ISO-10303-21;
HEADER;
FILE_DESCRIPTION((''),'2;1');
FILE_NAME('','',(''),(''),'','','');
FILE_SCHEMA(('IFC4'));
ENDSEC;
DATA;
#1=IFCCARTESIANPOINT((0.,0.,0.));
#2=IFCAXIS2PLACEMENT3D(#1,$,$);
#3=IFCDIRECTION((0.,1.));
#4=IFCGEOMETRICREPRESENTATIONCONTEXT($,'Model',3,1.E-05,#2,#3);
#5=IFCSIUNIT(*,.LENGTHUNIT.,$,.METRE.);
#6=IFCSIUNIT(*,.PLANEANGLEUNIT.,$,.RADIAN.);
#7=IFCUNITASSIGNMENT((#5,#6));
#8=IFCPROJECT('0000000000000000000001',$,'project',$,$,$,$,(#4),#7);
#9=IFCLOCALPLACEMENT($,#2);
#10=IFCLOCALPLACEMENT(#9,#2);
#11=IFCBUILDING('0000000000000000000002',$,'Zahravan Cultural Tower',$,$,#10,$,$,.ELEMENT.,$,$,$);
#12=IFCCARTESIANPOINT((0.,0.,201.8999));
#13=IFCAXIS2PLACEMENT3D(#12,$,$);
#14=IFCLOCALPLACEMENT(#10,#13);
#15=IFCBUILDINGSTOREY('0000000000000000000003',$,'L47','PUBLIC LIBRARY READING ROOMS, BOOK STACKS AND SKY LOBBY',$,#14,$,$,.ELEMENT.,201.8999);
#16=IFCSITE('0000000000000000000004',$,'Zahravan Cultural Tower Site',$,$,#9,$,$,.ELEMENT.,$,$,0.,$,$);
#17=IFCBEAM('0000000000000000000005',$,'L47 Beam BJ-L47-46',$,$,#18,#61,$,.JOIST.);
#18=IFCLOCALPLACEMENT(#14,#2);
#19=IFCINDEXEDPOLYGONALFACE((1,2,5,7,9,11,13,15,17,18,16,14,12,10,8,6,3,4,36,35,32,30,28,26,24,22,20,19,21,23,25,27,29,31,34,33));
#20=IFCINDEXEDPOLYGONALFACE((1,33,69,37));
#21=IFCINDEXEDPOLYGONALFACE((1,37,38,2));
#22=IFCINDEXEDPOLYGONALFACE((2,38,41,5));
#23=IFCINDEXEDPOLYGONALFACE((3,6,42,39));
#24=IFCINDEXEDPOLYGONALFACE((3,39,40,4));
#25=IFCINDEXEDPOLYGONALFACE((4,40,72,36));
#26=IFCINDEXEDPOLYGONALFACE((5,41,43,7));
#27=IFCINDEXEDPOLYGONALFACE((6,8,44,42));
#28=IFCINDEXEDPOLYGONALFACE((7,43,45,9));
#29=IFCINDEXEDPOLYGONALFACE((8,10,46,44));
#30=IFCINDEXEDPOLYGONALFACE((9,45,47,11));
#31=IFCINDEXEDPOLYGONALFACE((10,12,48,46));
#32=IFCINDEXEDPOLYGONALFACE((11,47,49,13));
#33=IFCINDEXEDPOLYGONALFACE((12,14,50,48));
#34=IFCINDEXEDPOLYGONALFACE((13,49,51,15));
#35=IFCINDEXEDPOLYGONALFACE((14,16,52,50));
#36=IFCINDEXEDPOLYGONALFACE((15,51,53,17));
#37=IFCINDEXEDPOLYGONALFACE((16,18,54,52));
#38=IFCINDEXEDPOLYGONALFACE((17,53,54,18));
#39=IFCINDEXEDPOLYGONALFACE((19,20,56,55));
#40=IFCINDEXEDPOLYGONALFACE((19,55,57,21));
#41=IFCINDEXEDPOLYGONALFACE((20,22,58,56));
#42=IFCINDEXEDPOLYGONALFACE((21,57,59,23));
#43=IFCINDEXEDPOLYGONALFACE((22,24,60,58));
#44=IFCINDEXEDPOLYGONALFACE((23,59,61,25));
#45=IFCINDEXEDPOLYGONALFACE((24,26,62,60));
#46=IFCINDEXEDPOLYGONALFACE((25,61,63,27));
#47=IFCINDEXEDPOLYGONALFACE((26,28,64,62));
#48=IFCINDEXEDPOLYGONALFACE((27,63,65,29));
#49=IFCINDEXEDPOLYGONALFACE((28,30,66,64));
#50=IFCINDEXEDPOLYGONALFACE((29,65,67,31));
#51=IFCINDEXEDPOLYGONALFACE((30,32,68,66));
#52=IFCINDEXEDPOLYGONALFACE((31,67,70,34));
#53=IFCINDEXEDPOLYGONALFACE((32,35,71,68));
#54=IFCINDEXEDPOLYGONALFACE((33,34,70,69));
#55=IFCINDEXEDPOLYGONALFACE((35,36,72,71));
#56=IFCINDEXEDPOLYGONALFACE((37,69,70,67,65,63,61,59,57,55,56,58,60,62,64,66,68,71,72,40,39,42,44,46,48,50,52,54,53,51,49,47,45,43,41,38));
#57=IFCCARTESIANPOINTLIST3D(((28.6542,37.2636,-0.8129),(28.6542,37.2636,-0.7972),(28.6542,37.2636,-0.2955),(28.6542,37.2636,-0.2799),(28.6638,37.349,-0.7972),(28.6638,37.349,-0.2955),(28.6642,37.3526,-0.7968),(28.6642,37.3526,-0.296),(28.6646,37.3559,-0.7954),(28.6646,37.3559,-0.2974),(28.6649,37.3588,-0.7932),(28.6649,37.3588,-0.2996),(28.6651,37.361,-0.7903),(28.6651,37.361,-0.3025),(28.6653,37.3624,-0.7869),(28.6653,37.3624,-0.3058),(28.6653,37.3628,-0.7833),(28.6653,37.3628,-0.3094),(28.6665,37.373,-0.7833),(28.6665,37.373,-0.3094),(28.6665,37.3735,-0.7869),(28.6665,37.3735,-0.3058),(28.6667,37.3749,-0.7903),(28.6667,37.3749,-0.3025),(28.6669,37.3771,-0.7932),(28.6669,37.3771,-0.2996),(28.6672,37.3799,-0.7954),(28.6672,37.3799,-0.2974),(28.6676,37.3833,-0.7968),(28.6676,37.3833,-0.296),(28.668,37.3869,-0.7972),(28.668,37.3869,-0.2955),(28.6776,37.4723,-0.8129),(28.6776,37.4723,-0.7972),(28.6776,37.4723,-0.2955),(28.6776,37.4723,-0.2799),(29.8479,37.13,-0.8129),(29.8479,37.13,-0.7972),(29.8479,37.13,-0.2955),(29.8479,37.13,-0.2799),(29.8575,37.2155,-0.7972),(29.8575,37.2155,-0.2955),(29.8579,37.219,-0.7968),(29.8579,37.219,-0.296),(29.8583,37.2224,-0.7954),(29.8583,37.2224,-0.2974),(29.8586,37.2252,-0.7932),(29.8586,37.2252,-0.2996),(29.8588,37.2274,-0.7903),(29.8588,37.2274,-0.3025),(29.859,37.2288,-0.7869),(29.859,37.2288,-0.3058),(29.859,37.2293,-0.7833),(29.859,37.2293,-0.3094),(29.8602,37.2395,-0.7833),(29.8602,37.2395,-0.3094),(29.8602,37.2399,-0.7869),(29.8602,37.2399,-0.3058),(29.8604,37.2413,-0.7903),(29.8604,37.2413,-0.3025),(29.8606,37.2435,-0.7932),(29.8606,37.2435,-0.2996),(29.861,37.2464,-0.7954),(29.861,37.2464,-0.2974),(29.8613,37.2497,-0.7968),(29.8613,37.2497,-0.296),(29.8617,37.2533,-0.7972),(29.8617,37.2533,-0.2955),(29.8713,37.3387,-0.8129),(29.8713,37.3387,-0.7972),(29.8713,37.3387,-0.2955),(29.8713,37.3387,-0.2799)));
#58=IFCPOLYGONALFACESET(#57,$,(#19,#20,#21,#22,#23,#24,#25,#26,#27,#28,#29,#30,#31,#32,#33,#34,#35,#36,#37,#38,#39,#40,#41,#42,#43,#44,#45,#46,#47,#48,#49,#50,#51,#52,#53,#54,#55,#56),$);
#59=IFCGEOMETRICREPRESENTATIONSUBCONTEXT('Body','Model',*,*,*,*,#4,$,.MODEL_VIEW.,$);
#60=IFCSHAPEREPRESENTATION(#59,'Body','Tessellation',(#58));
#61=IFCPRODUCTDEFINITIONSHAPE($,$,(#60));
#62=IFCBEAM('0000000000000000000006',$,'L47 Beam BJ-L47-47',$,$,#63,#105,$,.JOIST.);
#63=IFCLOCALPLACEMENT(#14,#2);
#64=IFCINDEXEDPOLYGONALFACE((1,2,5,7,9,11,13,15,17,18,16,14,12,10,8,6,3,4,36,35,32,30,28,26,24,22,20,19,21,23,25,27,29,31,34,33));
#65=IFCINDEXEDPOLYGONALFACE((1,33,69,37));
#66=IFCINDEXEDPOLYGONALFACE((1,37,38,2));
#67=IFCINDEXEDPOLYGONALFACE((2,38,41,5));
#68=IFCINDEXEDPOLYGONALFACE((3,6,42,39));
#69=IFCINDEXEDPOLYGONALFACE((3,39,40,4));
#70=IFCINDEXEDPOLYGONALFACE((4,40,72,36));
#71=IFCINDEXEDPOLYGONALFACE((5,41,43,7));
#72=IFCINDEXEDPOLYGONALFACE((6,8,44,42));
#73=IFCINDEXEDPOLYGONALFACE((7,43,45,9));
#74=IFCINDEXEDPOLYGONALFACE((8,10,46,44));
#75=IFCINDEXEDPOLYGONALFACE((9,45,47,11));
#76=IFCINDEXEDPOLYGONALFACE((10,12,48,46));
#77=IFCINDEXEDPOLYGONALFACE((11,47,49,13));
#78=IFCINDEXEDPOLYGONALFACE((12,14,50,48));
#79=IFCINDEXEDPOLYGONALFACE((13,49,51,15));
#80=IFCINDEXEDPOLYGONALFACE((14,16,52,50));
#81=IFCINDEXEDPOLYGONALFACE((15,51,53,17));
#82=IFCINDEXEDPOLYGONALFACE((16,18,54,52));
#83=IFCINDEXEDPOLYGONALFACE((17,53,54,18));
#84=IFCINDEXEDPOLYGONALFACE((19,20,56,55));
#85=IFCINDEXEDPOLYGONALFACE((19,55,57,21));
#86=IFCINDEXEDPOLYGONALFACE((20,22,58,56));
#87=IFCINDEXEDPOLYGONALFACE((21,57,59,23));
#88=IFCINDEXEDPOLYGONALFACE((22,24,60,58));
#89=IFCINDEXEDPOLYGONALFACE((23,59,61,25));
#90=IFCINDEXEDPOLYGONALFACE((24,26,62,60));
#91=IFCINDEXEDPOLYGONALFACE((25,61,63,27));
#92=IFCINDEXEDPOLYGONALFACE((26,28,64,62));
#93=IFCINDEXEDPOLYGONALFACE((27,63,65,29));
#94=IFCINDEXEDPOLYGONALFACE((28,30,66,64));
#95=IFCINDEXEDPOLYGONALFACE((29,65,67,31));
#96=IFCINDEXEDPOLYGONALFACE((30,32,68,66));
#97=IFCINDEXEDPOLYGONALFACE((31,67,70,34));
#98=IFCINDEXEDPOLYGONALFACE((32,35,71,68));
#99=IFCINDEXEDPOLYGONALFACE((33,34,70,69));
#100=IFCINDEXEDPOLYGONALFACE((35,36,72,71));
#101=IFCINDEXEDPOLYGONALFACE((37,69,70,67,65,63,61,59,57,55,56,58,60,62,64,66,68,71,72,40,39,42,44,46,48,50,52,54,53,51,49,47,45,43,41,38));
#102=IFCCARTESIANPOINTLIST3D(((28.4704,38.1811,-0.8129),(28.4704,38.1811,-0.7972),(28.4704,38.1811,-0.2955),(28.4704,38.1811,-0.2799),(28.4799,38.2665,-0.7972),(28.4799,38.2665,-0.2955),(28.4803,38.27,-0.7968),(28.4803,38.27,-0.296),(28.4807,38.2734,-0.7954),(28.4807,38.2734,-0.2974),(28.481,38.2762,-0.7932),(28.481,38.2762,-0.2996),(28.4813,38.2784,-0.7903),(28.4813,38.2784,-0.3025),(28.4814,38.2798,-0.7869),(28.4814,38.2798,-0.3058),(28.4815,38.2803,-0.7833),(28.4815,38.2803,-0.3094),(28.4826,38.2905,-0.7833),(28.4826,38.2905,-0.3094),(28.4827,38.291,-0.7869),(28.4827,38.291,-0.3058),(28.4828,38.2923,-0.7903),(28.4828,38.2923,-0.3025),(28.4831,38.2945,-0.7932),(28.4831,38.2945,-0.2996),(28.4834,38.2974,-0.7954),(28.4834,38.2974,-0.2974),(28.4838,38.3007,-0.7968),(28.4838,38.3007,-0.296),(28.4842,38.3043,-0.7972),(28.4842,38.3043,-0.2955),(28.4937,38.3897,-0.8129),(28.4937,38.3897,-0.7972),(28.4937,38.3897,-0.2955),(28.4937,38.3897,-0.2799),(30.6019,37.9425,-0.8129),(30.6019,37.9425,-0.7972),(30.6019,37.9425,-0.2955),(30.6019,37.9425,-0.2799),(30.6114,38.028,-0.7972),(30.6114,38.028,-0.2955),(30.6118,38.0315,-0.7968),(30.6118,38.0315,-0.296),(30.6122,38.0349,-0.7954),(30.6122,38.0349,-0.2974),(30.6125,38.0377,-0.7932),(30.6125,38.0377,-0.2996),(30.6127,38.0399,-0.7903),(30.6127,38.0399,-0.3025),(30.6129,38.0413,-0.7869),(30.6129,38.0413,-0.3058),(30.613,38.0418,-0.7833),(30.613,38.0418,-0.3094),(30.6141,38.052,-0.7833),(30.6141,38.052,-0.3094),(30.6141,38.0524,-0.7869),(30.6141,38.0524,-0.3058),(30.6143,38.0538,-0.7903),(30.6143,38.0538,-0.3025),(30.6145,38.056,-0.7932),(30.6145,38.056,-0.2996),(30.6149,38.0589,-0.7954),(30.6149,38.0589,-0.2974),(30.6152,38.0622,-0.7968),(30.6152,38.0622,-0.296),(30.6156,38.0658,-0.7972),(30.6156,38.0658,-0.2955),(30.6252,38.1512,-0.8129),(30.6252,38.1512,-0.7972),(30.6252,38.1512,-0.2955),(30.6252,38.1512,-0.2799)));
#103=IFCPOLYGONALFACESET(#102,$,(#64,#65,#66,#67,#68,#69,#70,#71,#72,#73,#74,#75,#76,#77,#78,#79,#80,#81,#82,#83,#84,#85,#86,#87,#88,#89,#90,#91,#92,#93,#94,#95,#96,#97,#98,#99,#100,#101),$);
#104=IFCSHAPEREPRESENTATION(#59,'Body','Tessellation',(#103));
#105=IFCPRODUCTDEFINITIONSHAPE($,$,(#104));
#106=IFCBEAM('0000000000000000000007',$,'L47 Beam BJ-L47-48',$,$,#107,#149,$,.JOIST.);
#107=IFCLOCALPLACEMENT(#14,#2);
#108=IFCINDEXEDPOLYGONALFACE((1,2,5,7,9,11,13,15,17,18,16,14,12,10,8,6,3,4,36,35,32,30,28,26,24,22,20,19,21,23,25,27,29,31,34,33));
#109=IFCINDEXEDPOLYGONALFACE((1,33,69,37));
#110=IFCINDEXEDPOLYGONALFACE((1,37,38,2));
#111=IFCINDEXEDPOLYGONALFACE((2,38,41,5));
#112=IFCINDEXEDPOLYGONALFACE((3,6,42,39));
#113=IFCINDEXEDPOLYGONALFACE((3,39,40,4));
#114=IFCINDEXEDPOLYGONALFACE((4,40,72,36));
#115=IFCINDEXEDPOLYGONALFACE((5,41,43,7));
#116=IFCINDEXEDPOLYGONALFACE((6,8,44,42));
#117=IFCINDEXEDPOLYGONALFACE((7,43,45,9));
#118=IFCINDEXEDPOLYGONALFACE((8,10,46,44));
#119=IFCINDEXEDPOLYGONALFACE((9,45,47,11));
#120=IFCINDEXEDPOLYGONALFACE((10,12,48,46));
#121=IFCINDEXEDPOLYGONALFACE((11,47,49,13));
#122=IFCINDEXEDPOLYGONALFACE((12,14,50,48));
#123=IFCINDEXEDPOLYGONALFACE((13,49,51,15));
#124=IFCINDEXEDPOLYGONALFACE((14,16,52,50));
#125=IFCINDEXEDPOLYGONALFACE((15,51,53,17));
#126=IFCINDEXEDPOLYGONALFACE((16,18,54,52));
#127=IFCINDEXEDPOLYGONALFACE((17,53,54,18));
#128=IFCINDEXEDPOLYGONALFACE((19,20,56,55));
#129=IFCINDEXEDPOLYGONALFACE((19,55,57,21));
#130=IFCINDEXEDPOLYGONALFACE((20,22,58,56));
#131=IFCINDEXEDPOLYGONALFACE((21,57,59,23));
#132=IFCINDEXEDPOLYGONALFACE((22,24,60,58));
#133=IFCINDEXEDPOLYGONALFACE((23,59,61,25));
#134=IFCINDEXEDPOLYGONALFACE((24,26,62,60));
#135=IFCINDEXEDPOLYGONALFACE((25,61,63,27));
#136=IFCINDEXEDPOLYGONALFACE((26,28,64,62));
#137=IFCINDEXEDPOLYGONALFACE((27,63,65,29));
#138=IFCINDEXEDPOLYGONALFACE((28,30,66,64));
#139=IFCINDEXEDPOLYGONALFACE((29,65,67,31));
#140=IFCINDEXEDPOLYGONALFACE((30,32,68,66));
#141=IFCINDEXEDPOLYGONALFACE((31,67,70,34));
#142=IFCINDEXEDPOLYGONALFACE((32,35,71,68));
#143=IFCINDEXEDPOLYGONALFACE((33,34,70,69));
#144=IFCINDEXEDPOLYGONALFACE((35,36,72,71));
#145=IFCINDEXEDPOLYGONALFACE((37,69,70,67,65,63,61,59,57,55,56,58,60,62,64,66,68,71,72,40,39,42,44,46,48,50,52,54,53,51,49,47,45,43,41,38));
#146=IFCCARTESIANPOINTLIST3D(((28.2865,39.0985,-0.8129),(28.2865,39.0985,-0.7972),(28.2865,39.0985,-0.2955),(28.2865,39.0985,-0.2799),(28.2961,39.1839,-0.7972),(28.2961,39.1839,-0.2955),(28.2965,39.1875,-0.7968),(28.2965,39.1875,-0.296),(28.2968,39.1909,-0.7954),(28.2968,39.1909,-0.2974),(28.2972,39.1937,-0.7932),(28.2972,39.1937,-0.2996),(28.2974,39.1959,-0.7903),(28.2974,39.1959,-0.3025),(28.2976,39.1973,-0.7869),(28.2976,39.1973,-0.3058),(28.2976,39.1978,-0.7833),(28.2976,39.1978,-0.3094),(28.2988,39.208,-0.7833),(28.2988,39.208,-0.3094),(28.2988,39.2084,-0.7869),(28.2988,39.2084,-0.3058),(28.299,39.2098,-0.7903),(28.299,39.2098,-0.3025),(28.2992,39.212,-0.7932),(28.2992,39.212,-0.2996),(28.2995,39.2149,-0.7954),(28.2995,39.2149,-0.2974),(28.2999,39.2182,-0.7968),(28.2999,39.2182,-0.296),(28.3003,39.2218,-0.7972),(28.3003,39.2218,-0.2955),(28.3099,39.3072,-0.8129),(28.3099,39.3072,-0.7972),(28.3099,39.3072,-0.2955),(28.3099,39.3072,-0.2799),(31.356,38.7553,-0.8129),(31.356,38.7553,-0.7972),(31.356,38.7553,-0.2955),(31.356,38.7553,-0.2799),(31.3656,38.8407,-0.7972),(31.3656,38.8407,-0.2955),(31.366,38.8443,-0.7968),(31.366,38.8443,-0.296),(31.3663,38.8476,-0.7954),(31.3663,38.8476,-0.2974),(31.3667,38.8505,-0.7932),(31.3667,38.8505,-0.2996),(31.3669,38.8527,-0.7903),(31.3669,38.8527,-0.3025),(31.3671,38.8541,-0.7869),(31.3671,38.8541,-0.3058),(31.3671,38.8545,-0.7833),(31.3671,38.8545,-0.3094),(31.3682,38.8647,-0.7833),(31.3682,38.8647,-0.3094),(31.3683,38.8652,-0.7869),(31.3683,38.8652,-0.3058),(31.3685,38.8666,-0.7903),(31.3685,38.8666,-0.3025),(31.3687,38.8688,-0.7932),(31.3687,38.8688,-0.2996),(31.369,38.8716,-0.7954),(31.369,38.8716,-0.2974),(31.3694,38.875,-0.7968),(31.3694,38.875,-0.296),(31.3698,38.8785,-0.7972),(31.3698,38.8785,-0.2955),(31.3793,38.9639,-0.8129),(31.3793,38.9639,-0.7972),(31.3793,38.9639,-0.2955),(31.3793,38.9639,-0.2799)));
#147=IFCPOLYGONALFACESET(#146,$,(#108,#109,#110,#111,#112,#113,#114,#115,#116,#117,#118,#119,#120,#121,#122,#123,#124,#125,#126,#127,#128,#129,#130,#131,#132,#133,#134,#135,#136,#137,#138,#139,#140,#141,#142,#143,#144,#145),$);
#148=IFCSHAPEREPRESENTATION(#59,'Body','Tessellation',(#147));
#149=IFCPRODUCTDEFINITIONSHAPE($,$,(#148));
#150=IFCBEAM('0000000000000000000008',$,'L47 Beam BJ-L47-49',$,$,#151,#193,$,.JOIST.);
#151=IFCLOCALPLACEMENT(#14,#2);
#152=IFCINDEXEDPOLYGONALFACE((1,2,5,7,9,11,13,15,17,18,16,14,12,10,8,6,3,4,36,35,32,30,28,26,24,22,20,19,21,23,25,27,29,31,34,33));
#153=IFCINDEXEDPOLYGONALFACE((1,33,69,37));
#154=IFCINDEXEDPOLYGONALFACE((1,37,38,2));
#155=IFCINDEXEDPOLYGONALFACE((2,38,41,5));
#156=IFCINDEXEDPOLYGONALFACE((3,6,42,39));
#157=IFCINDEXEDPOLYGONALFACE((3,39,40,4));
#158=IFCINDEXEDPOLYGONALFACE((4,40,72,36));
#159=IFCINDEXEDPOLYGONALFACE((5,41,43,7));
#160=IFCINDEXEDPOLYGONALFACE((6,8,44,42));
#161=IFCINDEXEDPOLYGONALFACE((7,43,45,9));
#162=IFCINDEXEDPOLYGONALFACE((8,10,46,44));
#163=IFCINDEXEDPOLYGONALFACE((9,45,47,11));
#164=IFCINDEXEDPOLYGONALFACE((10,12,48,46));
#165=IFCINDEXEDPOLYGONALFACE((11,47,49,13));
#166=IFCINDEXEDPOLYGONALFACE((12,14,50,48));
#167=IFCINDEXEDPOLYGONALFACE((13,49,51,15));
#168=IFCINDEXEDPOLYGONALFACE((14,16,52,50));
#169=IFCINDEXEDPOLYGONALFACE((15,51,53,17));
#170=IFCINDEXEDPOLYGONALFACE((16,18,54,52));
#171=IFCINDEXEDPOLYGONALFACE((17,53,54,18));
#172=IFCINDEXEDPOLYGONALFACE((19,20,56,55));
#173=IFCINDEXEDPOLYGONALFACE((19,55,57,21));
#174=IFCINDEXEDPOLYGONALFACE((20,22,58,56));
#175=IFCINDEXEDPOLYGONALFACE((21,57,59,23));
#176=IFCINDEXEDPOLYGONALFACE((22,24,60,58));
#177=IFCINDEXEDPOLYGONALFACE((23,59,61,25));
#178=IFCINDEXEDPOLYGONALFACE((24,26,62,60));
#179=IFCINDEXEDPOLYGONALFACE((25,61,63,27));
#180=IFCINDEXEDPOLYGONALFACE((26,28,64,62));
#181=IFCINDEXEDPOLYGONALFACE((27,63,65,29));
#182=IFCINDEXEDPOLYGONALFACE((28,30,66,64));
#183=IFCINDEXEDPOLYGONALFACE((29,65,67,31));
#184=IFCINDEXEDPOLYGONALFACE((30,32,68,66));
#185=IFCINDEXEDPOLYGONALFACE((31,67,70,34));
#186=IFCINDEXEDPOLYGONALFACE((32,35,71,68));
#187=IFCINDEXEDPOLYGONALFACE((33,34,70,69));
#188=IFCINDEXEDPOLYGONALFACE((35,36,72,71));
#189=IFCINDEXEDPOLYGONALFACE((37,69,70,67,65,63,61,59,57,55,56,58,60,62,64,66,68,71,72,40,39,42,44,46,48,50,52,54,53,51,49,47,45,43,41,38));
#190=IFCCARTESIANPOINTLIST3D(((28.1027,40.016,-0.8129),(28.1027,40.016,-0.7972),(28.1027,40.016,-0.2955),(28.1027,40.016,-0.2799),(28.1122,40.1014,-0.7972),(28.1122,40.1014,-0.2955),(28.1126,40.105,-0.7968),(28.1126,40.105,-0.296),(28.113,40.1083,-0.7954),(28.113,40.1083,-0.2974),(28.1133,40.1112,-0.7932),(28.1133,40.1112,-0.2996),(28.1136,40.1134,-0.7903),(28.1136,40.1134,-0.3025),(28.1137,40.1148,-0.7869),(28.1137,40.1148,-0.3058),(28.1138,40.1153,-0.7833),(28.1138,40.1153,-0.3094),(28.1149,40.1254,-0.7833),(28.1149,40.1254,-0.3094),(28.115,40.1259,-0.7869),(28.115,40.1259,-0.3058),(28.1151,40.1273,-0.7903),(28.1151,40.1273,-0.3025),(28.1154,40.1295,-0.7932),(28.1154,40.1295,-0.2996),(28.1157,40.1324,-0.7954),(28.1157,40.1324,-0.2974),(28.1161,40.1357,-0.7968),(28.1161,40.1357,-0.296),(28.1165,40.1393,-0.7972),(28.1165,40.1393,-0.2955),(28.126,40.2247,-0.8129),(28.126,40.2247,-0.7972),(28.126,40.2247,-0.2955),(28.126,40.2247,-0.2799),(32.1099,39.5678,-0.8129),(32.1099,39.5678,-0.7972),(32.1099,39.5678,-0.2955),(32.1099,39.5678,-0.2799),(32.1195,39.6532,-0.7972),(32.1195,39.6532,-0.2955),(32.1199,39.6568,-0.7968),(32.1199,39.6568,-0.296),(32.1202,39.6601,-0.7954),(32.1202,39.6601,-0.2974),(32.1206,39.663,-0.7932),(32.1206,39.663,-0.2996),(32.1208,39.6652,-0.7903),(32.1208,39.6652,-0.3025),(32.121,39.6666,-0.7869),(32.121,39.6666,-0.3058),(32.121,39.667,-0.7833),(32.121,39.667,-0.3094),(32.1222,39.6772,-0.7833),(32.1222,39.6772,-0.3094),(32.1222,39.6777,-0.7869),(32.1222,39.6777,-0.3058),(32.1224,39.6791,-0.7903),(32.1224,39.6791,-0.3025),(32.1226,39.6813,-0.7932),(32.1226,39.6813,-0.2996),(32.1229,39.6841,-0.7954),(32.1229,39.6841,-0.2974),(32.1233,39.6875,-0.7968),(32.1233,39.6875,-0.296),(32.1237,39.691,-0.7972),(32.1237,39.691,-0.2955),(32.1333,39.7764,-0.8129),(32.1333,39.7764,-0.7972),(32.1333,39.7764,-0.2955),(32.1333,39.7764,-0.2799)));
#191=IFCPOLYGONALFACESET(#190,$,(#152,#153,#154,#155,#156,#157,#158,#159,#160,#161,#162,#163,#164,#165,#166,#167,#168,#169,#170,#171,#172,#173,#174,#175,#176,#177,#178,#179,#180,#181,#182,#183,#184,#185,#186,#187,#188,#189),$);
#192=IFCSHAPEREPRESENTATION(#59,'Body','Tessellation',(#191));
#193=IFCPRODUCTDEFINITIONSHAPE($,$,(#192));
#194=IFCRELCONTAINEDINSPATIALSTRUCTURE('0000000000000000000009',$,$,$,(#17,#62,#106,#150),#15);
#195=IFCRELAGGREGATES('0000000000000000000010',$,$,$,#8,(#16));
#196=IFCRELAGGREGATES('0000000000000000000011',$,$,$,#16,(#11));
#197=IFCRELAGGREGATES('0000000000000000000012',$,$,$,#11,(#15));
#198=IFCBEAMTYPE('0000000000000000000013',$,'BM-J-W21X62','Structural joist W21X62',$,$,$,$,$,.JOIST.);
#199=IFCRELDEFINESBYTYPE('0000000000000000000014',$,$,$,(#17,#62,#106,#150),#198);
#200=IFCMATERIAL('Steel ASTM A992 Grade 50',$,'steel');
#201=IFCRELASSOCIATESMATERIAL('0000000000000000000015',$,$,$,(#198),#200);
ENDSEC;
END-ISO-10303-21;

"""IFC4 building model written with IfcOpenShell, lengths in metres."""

from ifc_helpers import new_model, si_unit, direction, frame, origin, origin_2d, place, context, subcontext, project, spatial, i_section, extrude, source, transform, mapped, material, material_profile, profile_set, type_object, element, save


model = new_model("IFC4")

# Units and contexts
model_context = context("Model", 3, precision=1e-05, world=origin(), true_north=direction((0.0, 1.0)))
body_context = subcontext(model_context, "Body", "Model", "MODEL_VIEW")
ifc_project = project(units=[si_unit("LENGTHUNIT", "METRE"), si_unit("PLANEANGLEUNIT", "RADIAN")], contexts=[model_context])

# Site, building, storey
site_placement = place(None, origin())
site = spatial("IfcSite", under=ifc_project, at=site_placement, Name="Zahravan Cultural Tower Site", CompositionType="ELEMENT", RefElevation=0.0)
building_placement = place(site_placement, origin())
building = spatial("IfcBuilding", under=site, at=building_placement, Name="Zahravan Cultural Tower", CompositionType="ELEMENT")
storey_placement = place(building_placement, frame((0.0, 0.0, 201.8999)))
storey = spatial("IfcBuildingStorey", under=building, at=storey_placement, Name="L47", Description="PUBLIC LIBRARY READING ROOMS, BOOK STACKS AND SKY LOBBY", CompositionType="ELEMENT", Elevation=201.8999)

# Shared definitions
ifc_material_1 = material(Name="Steel ASTM A992 Grade 50", Category="steel")

# Beams
ifc_material_profile_1 = material_profile(ifc_material_1, i_section(OverallWidth=0.21, OverallDepth=0.533, WebThickness=0.0103, FlangeThickness=0.0156, FilletRadius=0.0139, at=origin_2d()), Name="W21X62")
ifc_profile_set_1 = profile_set([ifc_material_profile_1], Name="Steel ASTM A992 Grade 50")
beam_type_1 = type_object("IfcBeamType", Name="BM-J-W21X62", Description="Structural joist W21X62", PredefinedType="JOIST", material=ifc_profile_set_1)
shared_shape_1 = source(origin(), body_context, "Body", "SweptSolid", [
    extrude(i_section(OverallWidth=0.21, OverallDepth=0.533, WebThickness=0.0103, FlangeThickness=0.0156, FilletRadius=0.0139, at=origin_2d()), origin(), (0.0, 0.0, 1.0), 1.2012),
])
beam_1_placement = place(storey_placement, frame((29.8596, 37.2344, -0.5464), z_axis=(-0.993799, 0.11119, 0.0), x_axis=(-0.11119, -0.993799, 0.0)))
element("IfcBeam", 1, at=beam_1_placement, inside=storey, type_object=beam_type_1, Name="L47 Beam BJ-L47-46", PredefinedType="JOIST", context=body_context, shape_type="MappedRepresentation", body=[
    mapped(shared_shape_1, transform((0.0, 0.0, 0.0), x_axis=(1.0, 0.0, 0.0), y_axis=(0.0, 1.0, 0.0), z_axis=(0.0, 0.0, 1.0), scale=1.0)),
])
shared_shape_2 = source(origin(), body_context, "Body", "SweptSolid", [
    extrude(i_section(OverallWidth=0.21, OverallDepth=0.533, WebThickness=0.0103, FlangeThickness=0.0156, FilletRadius=0.0139, at=origin_2d()), origin(), (0.0, 0.0, 1.0), 2.1448),
])
beam_2_placement = place(storey_placement, frame((30.6135, 38.0469, -0.5464), z_axis=(-0.993797, 0.111206, 0.0), x_axis=(-0.111206, -0.993797, 0.0)))
element("IfcBeam", 2, at=beam_2_placement, inside=storey, type_object=beam_type_1, Name="L47 Beam BJ-L47-47", PredefinedType="JOIST", context=body_context, shape_type="MappedRepresentation", body=[
    mapped(shared_shape_2, transform((0.0, 0.0, 0.0), x_axis=(1.0, 0.0, 0.0), y_axis=(0.0, 1.0, 0.0), z_axis=(0.0, 0.0, 1.0), scale=1.0)),
])
shared_shape_3 = source(origin(), body_context, "Body", "SweptSolid", [
    extrude(i_section(OverallWidth=0.21, OverallDepth=0.533, WebThickness=0.0103, FlangeThickness=0.0156, FilletRadius=0.0139, at=origin_2d()), origin(), (0.0, 0.0, 1.0), 3.0886),
])
beam_3_placement = place(storey_placement, frame((31.3677, 38.8596, -0.5464), z_axis=(-0.993805, 0.111134, 0.0), x_axis=(-0.111134, -0.993805, 0.0)))
element("IfcBeam", 3, at=beam_3_placement, inside=storey, type_object=beam_type_1, Name="L47 Beam BJ-L47-48", PredefinedType="JOIST", context=body_context, shape_type="MappedRepresentation", body=[
    mapped(shared_shape_3, transform((0.0, 0.0, 0.0), x_axis=(1.0, 0.0, 0.0), y_axis=(0.0, 1.0, 0.0), z_axis=(0.0, 0.0, 1.0), scale=1.0)),
])
shared_shape_4 = source(origin(), body_context, "Body", "SweptSolid", [
    extrude(i_section(OverallWidth=0.21, OverallDepth=0.533, WebThickness=0.0103, FlangeThickness=0.0156, FilletRadius=0.0139, at=origin_2d()), origin(), (0.0, 0.0, 1.0), 4.0322),
])
beam_4_placement = place(storey_placement, frame((32.1216, 39.6721, -0.5464), z_axis=(-0.993802, 0.111162, 0.0), x_axis=(-0.111162, -0.993802, 0.0)))
element("IfcBeam", 4, at=beam_4_placement, inside=storey, type_object=beam_type_1, Name="L47 Beam BJ-L47-49", PredefinedType="JOIST", context=body_context, shape_type="MappedRepresentation", body=[
    mapped(shared_shape_4, transform((0.0, 0.0, 0.0), x_axis=(1.0, 0.0, 0.0), y_axis=(0.0, 1.0, 0.0), z_axis=(0.0, 0.0, 1.0), scale=1.0)),
])

save(model, "model.ifc")
